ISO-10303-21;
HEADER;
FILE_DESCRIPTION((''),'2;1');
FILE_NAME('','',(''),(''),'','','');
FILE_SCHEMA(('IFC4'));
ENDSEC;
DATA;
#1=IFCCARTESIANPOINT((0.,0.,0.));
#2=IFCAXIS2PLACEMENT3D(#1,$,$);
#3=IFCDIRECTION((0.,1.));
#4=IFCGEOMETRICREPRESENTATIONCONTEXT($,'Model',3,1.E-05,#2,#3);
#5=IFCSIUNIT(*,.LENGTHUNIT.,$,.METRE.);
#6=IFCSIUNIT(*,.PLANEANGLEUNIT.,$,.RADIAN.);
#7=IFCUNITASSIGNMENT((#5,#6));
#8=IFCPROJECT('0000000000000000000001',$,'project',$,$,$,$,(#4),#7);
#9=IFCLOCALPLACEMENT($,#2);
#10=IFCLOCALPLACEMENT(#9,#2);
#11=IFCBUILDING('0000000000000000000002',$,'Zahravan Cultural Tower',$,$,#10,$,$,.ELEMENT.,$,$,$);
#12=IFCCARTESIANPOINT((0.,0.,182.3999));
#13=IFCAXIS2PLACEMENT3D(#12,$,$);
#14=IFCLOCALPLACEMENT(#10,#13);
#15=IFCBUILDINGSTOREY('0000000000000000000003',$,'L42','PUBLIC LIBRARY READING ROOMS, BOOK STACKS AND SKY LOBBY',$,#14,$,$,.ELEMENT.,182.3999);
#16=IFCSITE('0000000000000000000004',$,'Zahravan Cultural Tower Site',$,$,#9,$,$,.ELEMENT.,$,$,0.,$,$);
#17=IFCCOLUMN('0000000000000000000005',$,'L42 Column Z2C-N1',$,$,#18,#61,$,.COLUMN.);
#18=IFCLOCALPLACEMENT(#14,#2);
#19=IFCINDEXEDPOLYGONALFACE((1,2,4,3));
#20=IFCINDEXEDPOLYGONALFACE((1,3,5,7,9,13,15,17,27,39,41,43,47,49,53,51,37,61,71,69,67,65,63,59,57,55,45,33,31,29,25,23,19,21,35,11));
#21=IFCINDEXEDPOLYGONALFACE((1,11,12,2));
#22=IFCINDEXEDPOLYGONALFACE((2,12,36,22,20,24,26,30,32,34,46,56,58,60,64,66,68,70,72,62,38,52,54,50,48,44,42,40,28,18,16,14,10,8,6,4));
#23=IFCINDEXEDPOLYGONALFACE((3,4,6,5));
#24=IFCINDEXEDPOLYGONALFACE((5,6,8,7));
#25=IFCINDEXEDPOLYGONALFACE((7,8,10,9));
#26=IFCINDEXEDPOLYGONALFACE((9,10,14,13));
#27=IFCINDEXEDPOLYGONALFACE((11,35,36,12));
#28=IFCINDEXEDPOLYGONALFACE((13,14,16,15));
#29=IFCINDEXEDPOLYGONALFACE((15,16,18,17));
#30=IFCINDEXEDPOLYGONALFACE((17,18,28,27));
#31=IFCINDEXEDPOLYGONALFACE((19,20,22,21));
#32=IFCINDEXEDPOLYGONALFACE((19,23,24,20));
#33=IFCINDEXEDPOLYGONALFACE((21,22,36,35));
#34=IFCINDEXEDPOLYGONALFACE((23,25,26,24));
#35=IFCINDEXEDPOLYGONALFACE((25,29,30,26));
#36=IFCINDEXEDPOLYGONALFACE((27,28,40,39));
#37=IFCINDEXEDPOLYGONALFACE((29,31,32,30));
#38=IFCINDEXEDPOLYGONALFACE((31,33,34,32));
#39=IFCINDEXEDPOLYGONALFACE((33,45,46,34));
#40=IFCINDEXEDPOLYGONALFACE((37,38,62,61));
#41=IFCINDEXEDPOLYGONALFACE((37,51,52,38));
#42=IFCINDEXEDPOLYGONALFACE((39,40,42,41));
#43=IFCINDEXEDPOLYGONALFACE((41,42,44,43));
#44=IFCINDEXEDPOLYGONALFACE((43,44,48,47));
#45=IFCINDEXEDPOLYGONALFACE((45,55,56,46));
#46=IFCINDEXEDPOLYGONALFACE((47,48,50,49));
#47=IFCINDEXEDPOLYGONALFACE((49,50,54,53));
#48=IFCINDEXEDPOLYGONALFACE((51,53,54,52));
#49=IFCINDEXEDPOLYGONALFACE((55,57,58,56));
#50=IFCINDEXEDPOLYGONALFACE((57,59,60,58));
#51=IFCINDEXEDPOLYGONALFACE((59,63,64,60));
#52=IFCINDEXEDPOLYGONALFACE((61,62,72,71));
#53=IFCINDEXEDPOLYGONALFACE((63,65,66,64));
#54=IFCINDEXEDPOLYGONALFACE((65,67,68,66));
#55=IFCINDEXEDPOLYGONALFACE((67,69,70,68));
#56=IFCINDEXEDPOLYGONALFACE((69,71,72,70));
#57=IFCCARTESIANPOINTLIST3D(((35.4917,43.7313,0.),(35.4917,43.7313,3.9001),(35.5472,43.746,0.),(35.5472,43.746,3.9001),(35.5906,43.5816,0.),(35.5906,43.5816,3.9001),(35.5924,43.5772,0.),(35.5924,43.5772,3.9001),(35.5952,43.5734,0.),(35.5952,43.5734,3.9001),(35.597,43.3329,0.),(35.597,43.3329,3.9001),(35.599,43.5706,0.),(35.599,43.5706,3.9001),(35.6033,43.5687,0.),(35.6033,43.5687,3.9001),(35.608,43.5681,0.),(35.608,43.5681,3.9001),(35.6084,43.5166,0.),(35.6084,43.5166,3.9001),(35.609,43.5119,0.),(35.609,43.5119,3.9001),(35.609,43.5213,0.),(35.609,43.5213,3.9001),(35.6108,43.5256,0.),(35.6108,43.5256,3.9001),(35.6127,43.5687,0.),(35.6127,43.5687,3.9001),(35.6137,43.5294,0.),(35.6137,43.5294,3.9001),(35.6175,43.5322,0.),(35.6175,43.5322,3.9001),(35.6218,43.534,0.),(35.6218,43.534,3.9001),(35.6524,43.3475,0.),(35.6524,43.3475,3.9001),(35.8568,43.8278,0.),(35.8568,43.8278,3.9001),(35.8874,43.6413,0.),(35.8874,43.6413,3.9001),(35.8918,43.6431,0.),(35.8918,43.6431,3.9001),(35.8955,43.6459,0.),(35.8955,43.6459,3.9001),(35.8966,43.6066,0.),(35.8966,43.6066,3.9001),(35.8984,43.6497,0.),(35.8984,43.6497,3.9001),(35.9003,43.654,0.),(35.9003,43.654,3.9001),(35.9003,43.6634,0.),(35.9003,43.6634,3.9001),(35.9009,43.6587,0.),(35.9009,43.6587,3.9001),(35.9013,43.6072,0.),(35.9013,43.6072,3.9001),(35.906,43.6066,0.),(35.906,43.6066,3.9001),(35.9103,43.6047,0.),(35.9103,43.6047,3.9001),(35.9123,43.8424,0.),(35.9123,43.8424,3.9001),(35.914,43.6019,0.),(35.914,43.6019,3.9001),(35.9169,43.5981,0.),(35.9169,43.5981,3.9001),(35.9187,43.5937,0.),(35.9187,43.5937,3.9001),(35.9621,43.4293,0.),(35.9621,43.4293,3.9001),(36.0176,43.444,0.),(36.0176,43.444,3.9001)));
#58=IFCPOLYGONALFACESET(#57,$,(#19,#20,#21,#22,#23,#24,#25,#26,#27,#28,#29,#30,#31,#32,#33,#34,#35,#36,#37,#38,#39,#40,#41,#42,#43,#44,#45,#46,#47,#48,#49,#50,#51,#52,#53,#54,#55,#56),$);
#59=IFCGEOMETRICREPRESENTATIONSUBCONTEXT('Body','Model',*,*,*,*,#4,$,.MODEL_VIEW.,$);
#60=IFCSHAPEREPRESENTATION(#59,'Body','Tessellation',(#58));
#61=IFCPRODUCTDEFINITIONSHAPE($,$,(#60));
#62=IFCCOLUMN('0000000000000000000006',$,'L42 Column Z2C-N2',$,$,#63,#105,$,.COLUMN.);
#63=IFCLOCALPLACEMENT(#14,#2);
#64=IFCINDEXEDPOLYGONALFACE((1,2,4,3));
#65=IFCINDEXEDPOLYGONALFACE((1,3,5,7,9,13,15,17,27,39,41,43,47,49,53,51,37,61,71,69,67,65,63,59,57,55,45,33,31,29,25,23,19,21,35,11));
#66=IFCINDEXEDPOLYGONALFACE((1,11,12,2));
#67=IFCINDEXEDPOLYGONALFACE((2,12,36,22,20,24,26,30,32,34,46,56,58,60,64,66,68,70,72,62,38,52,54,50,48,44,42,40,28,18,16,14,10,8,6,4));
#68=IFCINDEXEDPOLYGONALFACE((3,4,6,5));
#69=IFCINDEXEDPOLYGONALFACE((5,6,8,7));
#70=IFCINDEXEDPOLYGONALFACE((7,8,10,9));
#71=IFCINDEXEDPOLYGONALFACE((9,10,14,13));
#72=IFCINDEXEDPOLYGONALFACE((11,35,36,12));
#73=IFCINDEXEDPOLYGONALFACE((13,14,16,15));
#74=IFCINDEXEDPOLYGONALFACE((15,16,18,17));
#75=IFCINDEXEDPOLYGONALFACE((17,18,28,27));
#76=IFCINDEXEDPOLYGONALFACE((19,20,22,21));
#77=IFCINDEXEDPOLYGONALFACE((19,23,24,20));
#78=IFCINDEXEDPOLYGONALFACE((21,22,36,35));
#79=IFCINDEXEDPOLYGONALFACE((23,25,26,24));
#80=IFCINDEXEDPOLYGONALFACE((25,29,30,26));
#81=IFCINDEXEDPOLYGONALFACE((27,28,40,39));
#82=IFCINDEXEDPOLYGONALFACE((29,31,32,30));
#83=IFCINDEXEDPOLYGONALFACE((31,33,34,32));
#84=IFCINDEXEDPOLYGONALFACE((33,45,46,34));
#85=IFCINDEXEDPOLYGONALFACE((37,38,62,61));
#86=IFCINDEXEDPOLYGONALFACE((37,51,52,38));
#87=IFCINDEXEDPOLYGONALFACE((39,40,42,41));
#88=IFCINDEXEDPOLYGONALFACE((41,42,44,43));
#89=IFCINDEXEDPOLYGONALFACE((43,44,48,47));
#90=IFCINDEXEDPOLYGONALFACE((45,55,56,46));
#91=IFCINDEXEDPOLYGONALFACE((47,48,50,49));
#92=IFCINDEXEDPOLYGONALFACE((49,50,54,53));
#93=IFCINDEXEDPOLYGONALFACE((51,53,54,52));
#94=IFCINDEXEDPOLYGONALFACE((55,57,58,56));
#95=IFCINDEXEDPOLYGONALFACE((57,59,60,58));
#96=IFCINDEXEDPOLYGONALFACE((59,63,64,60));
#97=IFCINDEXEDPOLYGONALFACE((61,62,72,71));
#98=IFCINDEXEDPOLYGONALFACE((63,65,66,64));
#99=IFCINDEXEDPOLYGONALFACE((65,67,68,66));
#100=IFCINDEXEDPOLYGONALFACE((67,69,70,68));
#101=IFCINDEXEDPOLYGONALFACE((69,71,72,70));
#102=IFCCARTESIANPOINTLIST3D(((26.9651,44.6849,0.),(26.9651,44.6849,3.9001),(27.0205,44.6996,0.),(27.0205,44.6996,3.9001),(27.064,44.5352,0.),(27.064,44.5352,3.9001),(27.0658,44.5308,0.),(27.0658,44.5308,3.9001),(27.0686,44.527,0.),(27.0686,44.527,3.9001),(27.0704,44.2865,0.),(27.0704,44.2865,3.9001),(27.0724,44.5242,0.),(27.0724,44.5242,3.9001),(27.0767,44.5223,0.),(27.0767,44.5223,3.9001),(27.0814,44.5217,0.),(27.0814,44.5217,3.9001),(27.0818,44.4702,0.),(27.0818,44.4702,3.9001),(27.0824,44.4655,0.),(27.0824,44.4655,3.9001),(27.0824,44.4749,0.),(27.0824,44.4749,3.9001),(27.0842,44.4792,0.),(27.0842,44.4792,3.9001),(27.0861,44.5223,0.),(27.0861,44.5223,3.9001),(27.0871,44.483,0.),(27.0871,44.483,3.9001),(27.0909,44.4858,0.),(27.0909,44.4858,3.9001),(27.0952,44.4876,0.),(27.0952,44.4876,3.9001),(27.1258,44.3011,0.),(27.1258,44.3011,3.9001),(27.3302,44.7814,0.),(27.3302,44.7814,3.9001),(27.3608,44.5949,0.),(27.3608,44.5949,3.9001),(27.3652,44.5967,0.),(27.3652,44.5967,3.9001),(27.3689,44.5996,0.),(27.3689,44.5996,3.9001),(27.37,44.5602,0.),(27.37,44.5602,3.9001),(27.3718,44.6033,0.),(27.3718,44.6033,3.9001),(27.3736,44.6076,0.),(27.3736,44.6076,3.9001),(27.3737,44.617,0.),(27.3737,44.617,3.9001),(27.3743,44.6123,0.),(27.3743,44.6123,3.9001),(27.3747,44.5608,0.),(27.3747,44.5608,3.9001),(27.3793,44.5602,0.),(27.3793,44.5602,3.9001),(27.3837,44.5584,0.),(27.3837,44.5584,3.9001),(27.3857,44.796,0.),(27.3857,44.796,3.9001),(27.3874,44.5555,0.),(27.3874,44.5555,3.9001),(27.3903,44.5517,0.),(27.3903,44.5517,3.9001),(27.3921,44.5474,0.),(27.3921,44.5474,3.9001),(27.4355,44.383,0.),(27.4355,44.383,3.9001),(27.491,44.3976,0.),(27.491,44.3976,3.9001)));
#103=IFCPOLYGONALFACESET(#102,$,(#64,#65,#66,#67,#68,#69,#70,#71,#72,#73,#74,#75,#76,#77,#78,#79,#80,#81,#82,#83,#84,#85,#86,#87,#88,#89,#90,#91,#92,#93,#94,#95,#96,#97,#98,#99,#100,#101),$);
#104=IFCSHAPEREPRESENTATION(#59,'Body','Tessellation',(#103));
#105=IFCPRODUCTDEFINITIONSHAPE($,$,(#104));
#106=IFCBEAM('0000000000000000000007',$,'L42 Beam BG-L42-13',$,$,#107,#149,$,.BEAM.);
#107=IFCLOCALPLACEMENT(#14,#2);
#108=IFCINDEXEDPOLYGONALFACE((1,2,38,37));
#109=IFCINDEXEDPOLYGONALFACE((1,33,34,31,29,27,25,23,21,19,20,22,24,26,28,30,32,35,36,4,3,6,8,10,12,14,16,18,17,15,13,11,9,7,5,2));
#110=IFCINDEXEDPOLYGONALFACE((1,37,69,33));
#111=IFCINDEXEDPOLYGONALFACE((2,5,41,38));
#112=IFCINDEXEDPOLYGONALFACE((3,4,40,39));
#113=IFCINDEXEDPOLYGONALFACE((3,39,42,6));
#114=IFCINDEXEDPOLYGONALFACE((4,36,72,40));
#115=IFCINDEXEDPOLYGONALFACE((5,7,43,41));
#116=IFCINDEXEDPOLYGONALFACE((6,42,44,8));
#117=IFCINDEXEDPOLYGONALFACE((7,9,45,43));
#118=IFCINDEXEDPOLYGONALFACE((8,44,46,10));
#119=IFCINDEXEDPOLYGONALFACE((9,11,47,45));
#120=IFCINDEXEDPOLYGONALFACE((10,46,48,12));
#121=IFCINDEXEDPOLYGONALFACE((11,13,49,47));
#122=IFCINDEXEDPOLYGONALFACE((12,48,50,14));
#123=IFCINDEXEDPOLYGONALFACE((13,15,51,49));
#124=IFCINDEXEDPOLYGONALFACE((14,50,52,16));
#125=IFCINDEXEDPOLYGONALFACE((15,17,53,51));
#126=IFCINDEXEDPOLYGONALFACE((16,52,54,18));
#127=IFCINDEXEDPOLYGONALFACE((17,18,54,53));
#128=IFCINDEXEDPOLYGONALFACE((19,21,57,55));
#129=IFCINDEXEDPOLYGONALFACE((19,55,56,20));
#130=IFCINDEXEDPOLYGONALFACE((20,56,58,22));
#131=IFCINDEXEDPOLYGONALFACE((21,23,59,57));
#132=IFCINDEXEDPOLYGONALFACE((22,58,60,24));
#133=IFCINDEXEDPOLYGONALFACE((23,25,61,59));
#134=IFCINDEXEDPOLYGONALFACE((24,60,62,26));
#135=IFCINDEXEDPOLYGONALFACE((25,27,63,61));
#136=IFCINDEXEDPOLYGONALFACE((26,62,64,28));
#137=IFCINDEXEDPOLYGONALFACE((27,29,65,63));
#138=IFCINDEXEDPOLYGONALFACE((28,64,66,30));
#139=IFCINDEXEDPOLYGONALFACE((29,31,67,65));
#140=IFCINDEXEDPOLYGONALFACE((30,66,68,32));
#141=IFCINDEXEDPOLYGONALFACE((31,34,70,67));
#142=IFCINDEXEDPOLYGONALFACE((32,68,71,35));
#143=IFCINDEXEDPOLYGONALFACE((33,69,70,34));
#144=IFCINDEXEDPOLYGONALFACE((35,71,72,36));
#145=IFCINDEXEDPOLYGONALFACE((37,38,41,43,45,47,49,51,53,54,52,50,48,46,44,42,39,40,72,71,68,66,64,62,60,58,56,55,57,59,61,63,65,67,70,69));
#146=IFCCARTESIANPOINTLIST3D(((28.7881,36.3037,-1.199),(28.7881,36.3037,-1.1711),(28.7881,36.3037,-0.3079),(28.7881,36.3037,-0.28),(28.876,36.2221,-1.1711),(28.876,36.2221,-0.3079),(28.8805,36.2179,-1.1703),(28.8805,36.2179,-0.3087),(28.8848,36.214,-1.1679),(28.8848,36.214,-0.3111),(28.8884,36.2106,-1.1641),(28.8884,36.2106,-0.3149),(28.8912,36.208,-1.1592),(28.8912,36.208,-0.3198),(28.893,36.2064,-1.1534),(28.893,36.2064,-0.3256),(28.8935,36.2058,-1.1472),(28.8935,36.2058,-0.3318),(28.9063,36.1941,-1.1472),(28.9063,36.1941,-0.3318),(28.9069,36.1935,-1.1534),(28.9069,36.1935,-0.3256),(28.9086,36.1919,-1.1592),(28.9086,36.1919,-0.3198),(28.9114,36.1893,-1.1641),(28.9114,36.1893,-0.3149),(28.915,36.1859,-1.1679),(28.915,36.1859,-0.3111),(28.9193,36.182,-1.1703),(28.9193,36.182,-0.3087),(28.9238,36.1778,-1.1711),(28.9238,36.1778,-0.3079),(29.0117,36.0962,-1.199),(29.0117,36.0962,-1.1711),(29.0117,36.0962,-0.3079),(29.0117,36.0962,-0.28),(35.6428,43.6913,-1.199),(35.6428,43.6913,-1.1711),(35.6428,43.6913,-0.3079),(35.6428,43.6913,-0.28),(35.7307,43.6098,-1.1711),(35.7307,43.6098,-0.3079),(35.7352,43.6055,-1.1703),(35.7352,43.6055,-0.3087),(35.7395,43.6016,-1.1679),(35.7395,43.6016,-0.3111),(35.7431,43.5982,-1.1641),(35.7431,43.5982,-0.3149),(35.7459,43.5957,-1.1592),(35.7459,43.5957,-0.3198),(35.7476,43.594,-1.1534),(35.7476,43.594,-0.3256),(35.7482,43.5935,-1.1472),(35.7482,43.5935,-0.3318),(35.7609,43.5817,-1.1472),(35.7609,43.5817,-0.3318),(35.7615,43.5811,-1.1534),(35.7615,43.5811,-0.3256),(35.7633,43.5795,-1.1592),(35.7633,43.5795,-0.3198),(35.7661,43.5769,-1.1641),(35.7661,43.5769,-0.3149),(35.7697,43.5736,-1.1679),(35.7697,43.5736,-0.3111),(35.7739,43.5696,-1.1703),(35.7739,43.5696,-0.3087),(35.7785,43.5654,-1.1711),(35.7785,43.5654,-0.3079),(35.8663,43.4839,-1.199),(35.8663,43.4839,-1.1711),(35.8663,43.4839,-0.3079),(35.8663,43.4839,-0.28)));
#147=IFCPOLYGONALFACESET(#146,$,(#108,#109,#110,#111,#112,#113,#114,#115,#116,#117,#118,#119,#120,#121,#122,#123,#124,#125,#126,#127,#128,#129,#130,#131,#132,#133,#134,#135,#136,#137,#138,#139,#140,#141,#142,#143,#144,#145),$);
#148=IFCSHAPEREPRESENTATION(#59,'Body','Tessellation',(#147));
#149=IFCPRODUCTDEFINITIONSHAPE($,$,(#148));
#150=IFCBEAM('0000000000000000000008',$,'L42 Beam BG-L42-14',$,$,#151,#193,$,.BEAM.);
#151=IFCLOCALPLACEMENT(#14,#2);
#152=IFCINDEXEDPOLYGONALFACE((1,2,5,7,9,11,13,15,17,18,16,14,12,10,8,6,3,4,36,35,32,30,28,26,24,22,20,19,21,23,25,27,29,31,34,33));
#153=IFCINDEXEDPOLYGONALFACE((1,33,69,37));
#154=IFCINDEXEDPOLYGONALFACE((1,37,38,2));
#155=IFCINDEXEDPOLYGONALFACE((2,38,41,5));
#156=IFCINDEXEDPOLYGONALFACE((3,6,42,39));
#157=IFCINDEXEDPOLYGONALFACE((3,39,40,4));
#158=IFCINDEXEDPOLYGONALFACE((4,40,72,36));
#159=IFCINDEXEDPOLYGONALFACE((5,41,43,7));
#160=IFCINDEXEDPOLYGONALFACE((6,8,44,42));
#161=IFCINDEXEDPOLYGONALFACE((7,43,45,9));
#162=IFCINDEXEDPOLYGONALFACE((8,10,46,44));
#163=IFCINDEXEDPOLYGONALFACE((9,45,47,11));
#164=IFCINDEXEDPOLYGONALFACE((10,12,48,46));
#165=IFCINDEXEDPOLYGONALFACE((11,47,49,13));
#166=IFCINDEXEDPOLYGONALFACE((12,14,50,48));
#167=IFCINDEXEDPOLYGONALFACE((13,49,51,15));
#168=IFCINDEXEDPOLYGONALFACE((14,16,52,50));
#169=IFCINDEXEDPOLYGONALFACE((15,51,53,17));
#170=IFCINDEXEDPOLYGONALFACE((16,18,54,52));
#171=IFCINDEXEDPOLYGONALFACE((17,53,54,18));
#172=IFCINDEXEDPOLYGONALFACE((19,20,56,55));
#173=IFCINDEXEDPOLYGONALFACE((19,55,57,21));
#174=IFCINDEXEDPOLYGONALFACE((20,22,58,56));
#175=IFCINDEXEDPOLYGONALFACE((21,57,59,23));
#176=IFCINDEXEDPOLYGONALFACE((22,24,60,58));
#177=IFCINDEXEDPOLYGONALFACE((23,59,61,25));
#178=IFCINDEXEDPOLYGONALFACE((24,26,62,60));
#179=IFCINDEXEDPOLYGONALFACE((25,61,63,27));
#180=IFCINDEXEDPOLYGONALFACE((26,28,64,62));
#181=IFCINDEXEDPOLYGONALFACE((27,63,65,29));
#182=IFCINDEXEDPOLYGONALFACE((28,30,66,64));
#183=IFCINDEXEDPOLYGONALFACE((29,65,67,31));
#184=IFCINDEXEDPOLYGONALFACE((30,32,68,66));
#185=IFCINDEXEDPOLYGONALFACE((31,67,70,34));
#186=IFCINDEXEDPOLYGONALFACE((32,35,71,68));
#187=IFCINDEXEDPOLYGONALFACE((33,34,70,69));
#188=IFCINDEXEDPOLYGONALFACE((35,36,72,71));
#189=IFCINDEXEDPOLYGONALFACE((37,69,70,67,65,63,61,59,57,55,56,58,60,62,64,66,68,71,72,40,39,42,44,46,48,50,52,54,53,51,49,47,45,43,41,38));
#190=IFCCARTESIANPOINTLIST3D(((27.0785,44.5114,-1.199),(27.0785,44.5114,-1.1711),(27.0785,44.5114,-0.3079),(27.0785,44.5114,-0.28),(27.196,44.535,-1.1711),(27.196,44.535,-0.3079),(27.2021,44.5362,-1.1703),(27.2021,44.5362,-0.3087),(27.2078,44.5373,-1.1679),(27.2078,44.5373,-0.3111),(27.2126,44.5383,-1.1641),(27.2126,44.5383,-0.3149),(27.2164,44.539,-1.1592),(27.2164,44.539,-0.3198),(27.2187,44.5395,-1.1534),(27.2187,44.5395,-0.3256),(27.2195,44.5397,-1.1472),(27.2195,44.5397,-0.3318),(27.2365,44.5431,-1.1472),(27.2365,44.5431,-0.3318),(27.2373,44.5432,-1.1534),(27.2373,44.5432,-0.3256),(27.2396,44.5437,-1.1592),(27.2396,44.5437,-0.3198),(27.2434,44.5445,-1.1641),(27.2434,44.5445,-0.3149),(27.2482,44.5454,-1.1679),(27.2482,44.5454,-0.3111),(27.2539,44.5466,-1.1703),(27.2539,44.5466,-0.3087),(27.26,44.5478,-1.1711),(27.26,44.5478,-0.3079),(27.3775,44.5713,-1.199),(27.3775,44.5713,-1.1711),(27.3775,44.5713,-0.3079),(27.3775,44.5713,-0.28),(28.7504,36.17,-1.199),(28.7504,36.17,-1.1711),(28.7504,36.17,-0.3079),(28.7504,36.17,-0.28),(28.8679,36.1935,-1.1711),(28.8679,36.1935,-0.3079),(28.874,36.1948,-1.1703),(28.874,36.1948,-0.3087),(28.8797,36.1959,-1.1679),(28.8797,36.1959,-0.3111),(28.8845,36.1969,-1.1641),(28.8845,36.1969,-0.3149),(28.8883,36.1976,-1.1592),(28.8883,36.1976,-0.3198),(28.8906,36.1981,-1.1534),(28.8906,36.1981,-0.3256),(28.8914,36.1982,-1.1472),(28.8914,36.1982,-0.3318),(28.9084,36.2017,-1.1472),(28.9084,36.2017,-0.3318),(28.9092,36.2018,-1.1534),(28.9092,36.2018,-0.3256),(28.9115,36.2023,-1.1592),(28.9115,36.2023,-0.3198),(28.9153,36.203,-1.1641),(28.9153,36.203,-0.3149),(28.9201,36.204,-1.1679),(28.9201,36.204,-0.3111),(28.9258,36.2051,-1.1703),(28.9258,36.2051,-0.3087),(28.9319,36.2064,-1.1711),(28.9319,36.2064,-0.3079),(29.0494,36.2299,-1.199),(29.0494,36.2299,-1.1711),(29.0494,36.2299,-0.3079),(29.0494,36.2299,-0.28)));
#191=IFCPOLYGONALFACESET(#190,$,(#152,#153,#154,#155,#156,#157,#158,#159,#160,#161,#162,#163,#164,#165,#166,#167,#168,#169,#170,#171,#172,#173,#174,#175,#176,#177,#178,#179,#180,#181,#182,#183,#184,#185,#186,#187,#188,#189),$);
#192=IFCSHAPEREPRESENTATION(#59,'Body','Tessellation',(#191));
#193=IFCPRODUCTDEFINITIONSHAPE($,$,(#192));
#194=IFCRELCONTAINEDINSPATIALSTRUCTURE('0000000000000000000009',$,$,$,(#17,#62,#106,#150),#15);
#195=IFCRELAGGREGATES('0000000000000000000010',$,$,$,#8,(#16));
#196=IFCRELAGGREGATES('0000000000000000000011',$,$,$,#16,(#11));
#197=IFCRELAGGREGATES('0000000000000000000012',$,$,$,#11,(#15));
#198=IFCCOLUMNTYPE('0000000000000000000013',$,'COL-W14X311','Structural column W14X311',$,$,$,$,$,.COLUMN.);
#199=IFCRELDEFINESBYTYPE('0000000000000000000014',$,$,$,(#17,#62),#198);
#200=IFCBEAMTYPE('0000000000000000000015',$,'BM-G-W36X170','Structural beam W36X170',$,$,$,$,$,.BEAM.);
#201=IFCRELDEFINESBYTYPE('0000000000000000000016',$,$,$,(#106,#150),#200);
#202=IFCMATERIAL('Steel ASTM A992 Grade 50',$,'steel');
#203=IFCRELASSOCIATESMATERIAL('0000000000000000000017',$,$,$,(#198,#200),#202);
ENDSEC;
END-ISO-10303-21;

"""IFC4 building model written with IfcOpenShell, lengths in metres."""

from ifc_helpers import new_model, si_unit, direction, frame, origin, origin_2d, place, context, subcontext, project, spatial, i_section, extrude, source, transform, mapped, material, material_profile, profile_set, type_object, element, save


model = new_model("IFC4")

# Units and contexts
model_context = context("Model", 3, precision=1e-05, world=origin(), true_north=direction((0.0, 1.0)))
body_context = subcontext(model_context, "Body", "Model", "MODEL_VIEW")
ifc_project = project(units=[si_unit("LENGTHUNIT", "METRE"), si_unit("PLANEANGLEUNIT", "RADIAN")], contexts=[model_context])

# Site, building, storey
site_placement = place(None, origin())
site = spatial("IfcSite", under=ifc_project, at=site_placement, Name="Zahravan Cultural Tower Site", CompositionType="ELEMENT", RefElevation=0.0)
building_placement = place(site_placement, origin())
building = spatial("IfcBuilding", under=site, at=building_placement, Name="Zahravan Cultural Tower", CompositionType="ELEMENT")
storey_placement = place(building_placement, frame((0.0, 0.0, 182.3999)))
storey = spatial("IfcBuildingStorey", under=building, at=storey_placement, Name="L42", Description="PUBLIC LIBRARY READING ROOMS, BOOK STACKS AND SKY LOBBY", CompositionType="ELEMENT", Elevation=182.3999)

# Columns
ifc_material_1 = material(Name="Steel ASTM A992 Grade 50", Category="steel")
ifc_material_profile_1 = material_profile(ifc_material_1, i_section(OverallWidth=0.4121, OverallDepth=0.4351, WebThickness=0.0359, FlangeThickness=0.0574, FilletRadius=0.0181, at=origin_2d()), Name="W14X311")
ifc_profile_set_1 = profile_set([ifc_material_profile_1], Name="Steel ASTM A992 Grade 50")
column_type = type_object("IfcColumnType", Name="COL-W14X311", Description="Structural column W14X311", PredefinedType="COLUMN", material=ifc_profile_set_1)
shared_shape_1 = source(origin(), body_context, "Body", "SweptSolid", [
    extrude(i_section(OverallWidth=0.4121, OverallDepth=0.4351, WebThickness=0.0359, FlangeThickness=0.0574, FilletRadius=0.0181, at=origin_2d()), origin(), (0.0, 0.0, 1.0), 3.9001),
])
for number, where, z_axis, x_axis, name in (
    (1, (35.7546, 43.5876, 0.0), (0.0, 0.0, 1.0), (-0.255446, 0.966823, 0.0), "L42 Column Z2C-N1"),
    (2, (27.228, 44.5413, 0.0), (0.0, 0.0, 1.0), (-0.255446, 0.966823, 0.0), "L42 Column Z2C-N2"),
):
    element("IfcColumn", number, at=place(storey_placement, frame(where, z_axis=z_axis, x_axis=x_axis)), inside=storey, type_object=column_type, Name=name, PredefinedType="COLUMN", context=body_context, shape_type="MappedRepresentation", body=[
        mapped(shared_shape_1, transform((0.0, 0.0, 0.0), x_axis=(1.0, 0.0, 0.0), y_axis=(0.0, 1.0, 0.0), z_axis=(0.0, 0.0, 1.0), scale=1.0)),
    ])

# Beams
ifc_material_profile_2 = material_profile(ifc_material_1, i_section(OverallWidth=0.3049, OverallDepth=0.9189, WebThickness=0.0173, FlangeThickness=0.0278, FilletRadius=0.0239, at=origin_2d()), Name="W36X170")
ifc_profile_set_2 = profile_set([ifc_material_profile_2], Name="Steel ASTM A992 Grade 50")
beam_type_1 = type_object("IfcBeamType", Name="BM-G-W36X170", Description="Structural beam W36X170", PredefinedType="BEAM", material=ifc_profile_set_2)
shared_shape_2 = source(origin(), body_context, "Body", "SweptSolid", [
    extrude(i_section(OverallWidth=0.3049, OverallDepth=0.9189, WebThickness=0.0173, FlangeThickness=0.0278, FilletRadius=0.0239, at=origin_2d()), origin(), (0.0, 0.0, 1.0), 10.0779),
])
beam_1_placement = place(storey_placement, frame((28.8999, 36.2, -0.7395), z_axis=(0.68017, 0.733054, 0.0), x_axis=(-0.733054, 0.68017, 0.0)))
element("IfcBeam", 3, at=beam_1_placement, inside=storey, type_object=beam_type_1, Name="L42 Beam BG-L42-13", PredefinedType="BEAM", context=body_context, shape_type="MappedRepresentation", body=[
    mapped(shared_shape_2, transform((0.0, 0.0, 0.0), x_axis=(1.0, 0.0, 0.0), y_axis=(0.0, 1.0, 0.0), z_axis=(0.0, 0.0, 1.0), scale=1.0)),
])
shared_shape_3 = source(origin(), body_context, "Body", "SweptSolid", [
    extrude(i_section(OverallWidth=0.3049, OverallDepth=0.9189, WebThickness=0.0173, FlangeThickness=0.0278, FilletRadius=0.0239, at=origin_2d()), origin(), (0.0, 0.0, 1.0), 8.5073),
])
beam_2_placement = place(storey_placement, frame((28.8999, 36.2, -0.7395), z_axis=(-0.196525, 0.980499, 0.0), x_axis=(-0.980499, -0.196525, 0.0)))
element("IfcBeam", 4, at=beam_2_placement, inside=storey, type_object=beam_type_1, Name="L42 Beam BG-L42-14", PredefinedType="BEAM", context=body_context, shape_type="MappedRepresentation", body=[
    mapped(shared_shape_3, transform((0.0, 0.0, 0.0), x_axis=(1.0, 0.0, 0.0), y_axis=(0.0, 1.0, 0.0), z_axis=(0.0, 0.0, 1.0), scale=1.0)),
])

save(model, "model.ifc")
